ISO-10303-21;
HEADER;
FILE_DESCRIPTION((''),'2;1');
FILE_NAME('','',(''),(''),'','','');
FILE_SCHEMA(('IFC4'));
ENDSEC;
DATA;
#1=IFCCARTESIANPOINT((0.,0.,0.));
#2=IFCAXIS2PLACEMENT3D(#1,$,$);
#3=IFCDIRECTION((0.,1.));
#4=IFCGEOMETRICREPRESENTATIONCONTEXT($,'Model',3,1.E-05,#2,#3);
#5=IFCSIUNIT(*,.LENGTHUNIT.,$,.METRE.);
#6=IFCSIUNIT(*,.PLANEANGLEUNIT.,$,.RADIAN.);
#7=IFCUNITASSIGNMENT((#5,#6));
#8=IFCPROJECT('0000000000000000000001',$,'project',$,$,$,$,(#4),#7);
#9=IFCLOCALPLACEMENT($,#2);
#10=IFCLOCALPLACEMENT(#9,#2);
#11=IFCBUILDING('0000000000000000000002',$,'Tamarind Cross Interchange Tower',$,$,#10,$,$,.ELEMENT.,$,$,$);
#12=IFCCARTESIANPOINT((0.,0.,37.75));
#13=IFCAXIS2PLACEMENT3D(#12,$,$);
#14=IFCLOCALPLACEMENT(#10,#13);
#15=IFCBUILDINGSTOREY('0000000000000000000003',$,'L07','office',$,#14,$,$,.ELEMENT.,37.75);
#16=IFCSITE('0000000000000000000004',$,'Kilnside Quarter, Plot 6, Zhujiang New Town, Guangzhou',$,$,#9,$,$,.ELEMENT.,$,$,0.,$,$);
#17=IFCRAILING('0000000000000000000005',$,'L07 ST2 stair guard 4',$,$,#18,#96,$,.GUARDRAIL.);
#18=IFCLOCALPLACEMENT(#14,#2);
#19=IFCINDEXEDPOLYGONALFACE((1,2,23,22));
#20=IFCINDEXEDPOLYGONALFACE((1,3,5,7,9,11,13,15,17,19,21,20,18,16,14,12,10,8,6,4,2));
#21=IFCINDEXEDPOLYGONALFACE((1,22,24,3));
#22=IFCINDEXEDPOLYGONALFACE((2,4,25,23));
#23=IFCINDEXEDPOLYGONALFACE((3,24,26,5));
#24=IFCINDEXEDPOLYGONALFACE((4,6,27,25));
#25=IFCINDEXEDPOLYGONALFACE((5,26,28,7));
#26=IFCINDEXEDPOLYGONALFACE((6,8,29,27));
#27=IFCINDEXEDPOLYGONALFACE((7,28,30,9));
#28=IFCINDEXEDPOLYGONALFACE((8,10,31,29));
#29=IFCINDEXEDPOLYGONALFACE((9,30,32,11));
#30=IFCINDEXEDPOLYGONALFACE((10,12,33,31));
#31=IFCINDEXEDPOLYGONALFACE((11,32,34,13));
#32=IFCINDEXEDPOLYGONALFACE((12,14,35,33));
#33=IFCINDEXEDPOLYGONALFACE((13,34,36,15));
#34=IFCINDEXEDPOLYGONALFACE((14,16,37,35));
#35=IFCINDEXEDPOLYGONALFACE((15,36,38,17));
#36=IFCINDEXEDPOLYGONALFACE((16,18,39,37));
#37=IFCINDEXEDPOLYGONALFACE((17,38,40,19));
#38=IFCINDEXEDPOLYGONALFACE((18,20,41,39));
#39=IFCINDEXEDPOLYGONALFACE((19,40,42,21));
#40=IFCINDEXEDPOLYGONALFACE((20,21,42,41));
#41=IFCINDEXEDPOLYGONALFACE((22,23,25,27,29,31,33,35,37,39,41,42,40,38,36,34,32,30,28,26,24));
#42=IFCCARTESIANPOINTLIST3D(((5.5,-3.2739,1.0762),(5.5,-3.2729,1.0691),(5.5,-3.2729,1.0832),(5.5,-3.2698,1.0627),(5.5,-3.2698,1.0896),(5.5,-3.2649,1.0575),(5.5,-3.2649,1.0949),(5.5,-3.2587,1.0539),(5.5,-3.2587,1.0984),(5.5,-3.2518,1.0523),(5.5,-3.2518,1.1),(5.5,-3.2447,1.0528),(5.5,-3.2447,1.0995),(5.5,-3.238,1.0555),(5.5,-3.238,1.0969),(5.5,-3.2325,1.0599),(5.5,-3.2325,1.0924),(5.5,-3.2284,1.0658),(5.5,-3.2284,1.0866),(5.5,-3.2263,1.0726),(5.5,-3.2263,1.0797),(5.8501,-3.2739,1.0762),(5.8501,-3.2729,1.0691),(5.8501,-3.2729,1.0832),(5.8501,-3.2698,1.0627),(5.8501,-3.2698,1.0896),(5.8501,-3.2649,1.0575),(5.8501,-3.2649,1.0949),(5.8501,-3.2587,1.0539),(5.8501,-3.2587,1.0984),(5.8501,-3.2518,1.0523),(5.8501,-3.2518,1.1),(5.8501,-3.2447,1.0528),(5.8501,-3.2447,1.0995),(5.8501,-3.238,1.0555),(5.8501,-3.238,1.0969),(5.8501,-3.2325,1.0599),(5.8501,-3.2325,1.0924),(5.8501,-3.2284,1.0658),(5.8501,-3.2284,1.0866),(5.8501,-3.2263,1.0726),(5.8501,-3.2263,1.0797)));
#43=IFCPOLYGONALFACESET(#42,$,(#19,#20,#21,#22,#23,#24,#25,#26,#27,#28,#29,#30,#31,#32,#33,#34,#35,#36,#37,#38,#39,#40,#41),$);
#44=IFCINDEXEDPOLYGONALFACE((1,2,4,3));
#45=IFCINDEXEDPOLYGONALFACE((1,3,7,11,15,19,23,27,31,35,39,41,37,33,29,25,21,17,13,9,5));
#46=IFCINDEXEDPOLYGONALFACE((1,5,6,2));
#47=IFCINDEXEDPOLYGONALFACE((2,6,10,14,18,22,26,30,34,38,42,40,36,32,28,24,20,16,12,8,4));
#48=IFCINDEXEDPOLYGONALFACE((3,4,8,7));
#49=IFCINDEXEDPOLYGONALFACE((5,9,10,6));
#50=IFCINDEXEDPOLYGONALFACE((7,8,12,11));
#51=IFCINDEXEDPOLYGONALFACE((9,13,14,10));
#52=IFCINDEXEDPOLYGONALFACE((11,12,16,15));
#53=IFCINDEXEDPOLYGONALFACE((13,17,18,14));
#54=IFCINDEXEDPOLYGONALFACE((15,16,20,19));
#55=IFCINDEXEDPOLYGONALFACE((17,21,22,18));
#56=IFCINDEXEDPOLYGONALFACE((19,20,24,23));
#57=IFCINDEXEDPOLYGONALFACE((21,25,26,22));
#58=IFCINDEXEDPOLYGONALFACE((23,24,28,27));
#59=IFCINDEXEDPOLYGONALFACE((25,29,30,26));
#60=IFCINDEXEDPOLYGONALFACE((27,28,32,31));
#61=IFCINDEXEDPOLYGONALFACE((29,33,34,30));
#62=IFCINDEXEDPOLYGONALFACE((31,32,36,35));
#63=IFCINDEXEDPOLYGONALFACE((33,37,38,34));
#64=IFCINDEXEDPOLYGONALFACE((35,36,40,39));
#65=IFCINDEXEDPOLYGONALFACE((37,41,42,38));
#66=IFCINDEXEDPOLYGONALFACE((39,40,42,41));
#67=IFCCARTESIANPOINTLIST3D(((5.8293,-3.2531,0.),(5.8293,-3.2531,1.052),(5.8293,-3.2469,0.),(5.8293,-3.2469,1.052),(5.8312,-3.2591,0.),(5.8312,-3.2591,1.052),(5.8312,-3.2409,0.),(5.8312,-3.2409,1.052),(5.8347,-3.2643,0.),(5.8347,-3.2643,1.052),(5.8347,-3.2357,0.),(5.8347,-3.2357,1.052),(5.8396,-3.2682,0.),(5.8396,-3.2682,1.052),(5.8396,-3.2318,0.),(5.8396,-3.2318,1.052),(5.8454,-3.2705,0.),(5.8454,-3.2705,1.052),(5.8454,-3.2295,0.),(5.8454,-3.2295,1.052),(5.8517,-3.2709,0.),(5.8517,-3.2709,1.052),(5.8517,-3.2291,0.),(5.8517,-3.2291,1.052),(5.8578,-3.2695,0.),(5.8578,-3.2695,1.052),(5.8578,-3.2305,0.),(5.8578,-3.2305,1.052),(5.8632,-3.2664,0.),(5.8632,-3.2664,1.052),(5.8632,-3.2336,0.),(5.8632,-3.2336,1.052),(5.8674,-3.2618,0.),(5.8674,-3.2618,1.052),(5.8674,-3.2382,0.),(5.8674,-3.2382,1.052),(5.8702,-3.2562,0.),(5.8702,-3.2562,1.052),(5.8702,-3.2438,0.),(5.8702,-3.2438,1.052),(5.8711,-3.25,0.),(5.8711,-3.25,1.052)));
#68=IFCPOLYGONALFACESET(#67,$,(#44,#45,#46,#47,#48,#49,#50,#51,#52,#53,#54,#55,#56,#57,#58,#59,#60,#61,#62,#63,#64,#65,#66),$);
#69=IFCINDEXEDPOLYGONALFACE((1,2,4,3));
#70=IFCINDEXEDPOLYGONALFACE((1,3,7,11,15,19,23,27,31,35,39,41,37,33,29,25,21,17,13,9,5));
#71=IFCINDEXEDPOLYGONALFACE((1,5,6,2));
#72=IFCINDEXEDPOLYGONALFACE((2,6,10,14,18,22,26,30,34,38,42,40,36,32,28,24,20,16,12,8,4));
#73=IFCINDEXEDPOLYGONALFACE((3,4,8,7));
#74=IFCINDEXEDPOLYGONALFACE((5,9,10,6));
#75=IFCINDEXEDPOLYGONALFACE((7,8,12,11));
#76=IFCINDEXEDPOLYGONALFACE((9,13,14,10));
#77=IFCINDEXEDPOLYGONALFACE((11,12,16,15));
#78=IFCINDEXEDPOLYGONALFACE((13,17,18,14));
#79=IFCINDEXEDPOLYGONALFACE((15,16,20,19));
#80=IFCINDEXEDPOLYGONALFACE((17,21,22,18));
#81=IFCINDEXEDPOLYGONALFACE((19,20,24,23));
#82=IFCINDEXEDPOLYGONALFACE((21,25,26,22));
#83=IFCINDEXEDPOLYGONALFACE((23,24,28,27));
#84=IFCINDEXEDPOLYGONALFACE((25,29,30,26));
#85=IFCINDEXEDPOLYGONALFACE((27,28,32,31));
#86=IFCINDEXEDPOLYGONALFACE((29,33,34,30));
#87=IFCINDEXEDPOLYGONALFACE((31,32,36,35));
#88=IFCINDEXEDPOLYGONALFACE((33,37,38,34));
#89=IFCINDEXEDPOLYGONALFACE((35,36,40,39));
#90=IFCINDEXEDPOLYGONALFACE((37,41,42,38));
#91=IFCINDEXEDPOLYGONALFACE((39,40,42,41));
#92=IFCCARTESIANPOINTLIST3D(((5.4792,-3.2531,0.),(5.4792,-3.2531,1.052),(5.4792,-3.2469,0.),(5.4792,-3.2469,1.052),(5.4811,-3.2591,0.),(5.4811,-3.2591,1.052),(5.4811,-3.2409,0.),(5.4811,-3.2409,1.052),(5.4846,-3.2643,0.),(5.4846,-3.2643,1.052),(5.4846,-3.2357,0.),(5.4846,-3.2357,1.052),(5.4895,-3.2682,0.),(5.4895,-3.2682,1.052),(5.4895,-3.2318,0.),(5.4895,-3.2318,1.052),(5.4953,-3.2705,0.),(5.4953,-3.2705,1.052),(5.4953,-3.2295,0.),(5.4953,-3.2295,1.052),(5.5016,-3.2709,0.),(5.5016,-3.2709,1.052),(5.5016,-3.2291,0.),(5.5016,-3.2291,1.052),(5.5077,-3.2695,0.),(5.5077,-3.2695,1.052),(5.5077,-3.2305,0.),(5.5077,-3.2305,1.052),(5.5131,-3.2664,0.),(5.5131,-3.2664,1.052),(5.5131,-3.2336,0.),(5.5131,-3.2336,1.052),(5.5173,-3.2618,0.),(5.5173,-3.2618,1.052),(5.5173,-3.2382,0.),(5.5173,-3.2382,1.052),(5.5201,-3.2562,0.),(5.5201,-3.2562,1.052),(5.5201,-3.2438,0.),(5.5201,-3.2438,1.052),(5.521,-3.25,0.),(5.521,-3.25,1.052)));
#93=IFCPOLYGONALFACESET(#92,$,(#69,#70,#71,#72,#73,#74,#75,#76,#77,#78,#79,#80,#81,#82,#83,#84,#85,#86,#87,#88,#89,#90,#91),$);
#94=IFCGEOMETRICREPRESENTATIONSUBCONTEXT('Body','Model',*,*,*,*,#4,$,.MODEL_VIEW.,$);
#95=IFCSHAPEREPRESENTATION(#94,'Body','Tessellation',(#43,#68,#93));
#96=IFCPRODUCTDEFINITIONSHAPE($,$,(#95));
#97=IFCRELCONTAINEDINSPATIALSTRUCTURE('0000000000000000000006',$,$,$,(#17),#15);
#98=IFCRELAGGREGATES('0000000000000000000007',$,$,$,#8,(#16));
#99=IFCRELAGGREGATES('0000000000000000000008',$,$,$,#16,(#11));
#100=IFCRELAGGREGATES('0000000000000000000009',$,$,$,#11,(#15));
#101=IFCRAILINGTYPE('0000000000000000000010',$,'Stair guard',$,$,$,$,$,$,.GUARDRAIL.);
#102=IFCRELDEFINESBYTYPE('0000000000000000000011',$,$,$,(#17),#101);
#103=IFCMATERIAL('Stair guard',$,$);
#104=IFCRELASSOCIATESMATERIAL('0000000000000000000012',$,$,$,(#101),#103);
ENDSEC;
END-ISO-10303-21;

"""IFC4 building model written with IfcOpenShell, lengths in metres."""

from ifc_helpers import new_model, si_unit, direction, frame, origin, origin_2d, place, context, subcontext, project, spatial, circle, extrude, material, type_object, element, save


model = new_model("IFC4")

# Units and contexts
model_context = context("Model", 3, precision=1e-05, world=origin(), true_north=direction((0.0, 1.0)))
body_context = subcontext(model_context, "Body", "Model", "MODEL_VIEW")
ifc_project = project(units=[si_unit("LENGTHUNIT", "METRE"), si_unit("PLANEANGLEUNIT", "RADIAN")], contexts=[model_context])

# Site, building, storey
site_placement = place(None, origin())
site = spatial("IfcSite", under=ifc_project, at=site_placement, Name="Kilnside Quarter, Plot 6, Zhujiang New Town, Guangzhou", CompositionType="ELEMENT", RefElevation=0.0)
building_placement = place(site_placement, origin())
building = spatial("IfcBuilding", under=site, at=building_placement, Name="Tamarind Cross Interchange Tower", CompositionType="ELEMENT")
storey_placement = place(building_placement, frame((0.0, 0.0, 37.75)))
storey = spatial("IfcBuildingStorey", under=building, at=storey_placement, Name="L07", Description="office", CompositionType="ELEMENT", Elevation=37.75)

# Railing
ifc_material_1 = material(Name="Stair guard")
railing_type = type_object("IfcRailingType", Name="Stair guard", PredefinedType="GUARDRAIL", material=ifc_material_1)
railing_1_placement = place(storey_placement, frame((5.8501, -3.25, 0.0)))
element("IfcRailing", 1, at=railing_1_placement, inside=storey, type_object=railing_type, Name="L07 ST2 stair guard 4", PredefinedType="GUARDRAIL", context=body_context, shape_type="SweptSolid", body=[
    extrude(circle(Radius=0.0239, at=origin_2d()), frame((0.0, 0.0, 1.0762), z_axis=(-1.0, 0.0, 0.0), x_axis=(0.0, -1.0, 0.0)), (0.0, 0.0, 1.0), 0.3501),
    extrude(circle(Radius=0.021, at=origin_2d()), origin(), (0.0, 0.0, 1.0), 1.052),
    extrude(circle(Radius=0.021, at=origin_2d()), frame((-0.3501, 0.0, 0.0)), (0.0, 0.0, 1.0), 1.052),
])

save(model, "model.ifc")
